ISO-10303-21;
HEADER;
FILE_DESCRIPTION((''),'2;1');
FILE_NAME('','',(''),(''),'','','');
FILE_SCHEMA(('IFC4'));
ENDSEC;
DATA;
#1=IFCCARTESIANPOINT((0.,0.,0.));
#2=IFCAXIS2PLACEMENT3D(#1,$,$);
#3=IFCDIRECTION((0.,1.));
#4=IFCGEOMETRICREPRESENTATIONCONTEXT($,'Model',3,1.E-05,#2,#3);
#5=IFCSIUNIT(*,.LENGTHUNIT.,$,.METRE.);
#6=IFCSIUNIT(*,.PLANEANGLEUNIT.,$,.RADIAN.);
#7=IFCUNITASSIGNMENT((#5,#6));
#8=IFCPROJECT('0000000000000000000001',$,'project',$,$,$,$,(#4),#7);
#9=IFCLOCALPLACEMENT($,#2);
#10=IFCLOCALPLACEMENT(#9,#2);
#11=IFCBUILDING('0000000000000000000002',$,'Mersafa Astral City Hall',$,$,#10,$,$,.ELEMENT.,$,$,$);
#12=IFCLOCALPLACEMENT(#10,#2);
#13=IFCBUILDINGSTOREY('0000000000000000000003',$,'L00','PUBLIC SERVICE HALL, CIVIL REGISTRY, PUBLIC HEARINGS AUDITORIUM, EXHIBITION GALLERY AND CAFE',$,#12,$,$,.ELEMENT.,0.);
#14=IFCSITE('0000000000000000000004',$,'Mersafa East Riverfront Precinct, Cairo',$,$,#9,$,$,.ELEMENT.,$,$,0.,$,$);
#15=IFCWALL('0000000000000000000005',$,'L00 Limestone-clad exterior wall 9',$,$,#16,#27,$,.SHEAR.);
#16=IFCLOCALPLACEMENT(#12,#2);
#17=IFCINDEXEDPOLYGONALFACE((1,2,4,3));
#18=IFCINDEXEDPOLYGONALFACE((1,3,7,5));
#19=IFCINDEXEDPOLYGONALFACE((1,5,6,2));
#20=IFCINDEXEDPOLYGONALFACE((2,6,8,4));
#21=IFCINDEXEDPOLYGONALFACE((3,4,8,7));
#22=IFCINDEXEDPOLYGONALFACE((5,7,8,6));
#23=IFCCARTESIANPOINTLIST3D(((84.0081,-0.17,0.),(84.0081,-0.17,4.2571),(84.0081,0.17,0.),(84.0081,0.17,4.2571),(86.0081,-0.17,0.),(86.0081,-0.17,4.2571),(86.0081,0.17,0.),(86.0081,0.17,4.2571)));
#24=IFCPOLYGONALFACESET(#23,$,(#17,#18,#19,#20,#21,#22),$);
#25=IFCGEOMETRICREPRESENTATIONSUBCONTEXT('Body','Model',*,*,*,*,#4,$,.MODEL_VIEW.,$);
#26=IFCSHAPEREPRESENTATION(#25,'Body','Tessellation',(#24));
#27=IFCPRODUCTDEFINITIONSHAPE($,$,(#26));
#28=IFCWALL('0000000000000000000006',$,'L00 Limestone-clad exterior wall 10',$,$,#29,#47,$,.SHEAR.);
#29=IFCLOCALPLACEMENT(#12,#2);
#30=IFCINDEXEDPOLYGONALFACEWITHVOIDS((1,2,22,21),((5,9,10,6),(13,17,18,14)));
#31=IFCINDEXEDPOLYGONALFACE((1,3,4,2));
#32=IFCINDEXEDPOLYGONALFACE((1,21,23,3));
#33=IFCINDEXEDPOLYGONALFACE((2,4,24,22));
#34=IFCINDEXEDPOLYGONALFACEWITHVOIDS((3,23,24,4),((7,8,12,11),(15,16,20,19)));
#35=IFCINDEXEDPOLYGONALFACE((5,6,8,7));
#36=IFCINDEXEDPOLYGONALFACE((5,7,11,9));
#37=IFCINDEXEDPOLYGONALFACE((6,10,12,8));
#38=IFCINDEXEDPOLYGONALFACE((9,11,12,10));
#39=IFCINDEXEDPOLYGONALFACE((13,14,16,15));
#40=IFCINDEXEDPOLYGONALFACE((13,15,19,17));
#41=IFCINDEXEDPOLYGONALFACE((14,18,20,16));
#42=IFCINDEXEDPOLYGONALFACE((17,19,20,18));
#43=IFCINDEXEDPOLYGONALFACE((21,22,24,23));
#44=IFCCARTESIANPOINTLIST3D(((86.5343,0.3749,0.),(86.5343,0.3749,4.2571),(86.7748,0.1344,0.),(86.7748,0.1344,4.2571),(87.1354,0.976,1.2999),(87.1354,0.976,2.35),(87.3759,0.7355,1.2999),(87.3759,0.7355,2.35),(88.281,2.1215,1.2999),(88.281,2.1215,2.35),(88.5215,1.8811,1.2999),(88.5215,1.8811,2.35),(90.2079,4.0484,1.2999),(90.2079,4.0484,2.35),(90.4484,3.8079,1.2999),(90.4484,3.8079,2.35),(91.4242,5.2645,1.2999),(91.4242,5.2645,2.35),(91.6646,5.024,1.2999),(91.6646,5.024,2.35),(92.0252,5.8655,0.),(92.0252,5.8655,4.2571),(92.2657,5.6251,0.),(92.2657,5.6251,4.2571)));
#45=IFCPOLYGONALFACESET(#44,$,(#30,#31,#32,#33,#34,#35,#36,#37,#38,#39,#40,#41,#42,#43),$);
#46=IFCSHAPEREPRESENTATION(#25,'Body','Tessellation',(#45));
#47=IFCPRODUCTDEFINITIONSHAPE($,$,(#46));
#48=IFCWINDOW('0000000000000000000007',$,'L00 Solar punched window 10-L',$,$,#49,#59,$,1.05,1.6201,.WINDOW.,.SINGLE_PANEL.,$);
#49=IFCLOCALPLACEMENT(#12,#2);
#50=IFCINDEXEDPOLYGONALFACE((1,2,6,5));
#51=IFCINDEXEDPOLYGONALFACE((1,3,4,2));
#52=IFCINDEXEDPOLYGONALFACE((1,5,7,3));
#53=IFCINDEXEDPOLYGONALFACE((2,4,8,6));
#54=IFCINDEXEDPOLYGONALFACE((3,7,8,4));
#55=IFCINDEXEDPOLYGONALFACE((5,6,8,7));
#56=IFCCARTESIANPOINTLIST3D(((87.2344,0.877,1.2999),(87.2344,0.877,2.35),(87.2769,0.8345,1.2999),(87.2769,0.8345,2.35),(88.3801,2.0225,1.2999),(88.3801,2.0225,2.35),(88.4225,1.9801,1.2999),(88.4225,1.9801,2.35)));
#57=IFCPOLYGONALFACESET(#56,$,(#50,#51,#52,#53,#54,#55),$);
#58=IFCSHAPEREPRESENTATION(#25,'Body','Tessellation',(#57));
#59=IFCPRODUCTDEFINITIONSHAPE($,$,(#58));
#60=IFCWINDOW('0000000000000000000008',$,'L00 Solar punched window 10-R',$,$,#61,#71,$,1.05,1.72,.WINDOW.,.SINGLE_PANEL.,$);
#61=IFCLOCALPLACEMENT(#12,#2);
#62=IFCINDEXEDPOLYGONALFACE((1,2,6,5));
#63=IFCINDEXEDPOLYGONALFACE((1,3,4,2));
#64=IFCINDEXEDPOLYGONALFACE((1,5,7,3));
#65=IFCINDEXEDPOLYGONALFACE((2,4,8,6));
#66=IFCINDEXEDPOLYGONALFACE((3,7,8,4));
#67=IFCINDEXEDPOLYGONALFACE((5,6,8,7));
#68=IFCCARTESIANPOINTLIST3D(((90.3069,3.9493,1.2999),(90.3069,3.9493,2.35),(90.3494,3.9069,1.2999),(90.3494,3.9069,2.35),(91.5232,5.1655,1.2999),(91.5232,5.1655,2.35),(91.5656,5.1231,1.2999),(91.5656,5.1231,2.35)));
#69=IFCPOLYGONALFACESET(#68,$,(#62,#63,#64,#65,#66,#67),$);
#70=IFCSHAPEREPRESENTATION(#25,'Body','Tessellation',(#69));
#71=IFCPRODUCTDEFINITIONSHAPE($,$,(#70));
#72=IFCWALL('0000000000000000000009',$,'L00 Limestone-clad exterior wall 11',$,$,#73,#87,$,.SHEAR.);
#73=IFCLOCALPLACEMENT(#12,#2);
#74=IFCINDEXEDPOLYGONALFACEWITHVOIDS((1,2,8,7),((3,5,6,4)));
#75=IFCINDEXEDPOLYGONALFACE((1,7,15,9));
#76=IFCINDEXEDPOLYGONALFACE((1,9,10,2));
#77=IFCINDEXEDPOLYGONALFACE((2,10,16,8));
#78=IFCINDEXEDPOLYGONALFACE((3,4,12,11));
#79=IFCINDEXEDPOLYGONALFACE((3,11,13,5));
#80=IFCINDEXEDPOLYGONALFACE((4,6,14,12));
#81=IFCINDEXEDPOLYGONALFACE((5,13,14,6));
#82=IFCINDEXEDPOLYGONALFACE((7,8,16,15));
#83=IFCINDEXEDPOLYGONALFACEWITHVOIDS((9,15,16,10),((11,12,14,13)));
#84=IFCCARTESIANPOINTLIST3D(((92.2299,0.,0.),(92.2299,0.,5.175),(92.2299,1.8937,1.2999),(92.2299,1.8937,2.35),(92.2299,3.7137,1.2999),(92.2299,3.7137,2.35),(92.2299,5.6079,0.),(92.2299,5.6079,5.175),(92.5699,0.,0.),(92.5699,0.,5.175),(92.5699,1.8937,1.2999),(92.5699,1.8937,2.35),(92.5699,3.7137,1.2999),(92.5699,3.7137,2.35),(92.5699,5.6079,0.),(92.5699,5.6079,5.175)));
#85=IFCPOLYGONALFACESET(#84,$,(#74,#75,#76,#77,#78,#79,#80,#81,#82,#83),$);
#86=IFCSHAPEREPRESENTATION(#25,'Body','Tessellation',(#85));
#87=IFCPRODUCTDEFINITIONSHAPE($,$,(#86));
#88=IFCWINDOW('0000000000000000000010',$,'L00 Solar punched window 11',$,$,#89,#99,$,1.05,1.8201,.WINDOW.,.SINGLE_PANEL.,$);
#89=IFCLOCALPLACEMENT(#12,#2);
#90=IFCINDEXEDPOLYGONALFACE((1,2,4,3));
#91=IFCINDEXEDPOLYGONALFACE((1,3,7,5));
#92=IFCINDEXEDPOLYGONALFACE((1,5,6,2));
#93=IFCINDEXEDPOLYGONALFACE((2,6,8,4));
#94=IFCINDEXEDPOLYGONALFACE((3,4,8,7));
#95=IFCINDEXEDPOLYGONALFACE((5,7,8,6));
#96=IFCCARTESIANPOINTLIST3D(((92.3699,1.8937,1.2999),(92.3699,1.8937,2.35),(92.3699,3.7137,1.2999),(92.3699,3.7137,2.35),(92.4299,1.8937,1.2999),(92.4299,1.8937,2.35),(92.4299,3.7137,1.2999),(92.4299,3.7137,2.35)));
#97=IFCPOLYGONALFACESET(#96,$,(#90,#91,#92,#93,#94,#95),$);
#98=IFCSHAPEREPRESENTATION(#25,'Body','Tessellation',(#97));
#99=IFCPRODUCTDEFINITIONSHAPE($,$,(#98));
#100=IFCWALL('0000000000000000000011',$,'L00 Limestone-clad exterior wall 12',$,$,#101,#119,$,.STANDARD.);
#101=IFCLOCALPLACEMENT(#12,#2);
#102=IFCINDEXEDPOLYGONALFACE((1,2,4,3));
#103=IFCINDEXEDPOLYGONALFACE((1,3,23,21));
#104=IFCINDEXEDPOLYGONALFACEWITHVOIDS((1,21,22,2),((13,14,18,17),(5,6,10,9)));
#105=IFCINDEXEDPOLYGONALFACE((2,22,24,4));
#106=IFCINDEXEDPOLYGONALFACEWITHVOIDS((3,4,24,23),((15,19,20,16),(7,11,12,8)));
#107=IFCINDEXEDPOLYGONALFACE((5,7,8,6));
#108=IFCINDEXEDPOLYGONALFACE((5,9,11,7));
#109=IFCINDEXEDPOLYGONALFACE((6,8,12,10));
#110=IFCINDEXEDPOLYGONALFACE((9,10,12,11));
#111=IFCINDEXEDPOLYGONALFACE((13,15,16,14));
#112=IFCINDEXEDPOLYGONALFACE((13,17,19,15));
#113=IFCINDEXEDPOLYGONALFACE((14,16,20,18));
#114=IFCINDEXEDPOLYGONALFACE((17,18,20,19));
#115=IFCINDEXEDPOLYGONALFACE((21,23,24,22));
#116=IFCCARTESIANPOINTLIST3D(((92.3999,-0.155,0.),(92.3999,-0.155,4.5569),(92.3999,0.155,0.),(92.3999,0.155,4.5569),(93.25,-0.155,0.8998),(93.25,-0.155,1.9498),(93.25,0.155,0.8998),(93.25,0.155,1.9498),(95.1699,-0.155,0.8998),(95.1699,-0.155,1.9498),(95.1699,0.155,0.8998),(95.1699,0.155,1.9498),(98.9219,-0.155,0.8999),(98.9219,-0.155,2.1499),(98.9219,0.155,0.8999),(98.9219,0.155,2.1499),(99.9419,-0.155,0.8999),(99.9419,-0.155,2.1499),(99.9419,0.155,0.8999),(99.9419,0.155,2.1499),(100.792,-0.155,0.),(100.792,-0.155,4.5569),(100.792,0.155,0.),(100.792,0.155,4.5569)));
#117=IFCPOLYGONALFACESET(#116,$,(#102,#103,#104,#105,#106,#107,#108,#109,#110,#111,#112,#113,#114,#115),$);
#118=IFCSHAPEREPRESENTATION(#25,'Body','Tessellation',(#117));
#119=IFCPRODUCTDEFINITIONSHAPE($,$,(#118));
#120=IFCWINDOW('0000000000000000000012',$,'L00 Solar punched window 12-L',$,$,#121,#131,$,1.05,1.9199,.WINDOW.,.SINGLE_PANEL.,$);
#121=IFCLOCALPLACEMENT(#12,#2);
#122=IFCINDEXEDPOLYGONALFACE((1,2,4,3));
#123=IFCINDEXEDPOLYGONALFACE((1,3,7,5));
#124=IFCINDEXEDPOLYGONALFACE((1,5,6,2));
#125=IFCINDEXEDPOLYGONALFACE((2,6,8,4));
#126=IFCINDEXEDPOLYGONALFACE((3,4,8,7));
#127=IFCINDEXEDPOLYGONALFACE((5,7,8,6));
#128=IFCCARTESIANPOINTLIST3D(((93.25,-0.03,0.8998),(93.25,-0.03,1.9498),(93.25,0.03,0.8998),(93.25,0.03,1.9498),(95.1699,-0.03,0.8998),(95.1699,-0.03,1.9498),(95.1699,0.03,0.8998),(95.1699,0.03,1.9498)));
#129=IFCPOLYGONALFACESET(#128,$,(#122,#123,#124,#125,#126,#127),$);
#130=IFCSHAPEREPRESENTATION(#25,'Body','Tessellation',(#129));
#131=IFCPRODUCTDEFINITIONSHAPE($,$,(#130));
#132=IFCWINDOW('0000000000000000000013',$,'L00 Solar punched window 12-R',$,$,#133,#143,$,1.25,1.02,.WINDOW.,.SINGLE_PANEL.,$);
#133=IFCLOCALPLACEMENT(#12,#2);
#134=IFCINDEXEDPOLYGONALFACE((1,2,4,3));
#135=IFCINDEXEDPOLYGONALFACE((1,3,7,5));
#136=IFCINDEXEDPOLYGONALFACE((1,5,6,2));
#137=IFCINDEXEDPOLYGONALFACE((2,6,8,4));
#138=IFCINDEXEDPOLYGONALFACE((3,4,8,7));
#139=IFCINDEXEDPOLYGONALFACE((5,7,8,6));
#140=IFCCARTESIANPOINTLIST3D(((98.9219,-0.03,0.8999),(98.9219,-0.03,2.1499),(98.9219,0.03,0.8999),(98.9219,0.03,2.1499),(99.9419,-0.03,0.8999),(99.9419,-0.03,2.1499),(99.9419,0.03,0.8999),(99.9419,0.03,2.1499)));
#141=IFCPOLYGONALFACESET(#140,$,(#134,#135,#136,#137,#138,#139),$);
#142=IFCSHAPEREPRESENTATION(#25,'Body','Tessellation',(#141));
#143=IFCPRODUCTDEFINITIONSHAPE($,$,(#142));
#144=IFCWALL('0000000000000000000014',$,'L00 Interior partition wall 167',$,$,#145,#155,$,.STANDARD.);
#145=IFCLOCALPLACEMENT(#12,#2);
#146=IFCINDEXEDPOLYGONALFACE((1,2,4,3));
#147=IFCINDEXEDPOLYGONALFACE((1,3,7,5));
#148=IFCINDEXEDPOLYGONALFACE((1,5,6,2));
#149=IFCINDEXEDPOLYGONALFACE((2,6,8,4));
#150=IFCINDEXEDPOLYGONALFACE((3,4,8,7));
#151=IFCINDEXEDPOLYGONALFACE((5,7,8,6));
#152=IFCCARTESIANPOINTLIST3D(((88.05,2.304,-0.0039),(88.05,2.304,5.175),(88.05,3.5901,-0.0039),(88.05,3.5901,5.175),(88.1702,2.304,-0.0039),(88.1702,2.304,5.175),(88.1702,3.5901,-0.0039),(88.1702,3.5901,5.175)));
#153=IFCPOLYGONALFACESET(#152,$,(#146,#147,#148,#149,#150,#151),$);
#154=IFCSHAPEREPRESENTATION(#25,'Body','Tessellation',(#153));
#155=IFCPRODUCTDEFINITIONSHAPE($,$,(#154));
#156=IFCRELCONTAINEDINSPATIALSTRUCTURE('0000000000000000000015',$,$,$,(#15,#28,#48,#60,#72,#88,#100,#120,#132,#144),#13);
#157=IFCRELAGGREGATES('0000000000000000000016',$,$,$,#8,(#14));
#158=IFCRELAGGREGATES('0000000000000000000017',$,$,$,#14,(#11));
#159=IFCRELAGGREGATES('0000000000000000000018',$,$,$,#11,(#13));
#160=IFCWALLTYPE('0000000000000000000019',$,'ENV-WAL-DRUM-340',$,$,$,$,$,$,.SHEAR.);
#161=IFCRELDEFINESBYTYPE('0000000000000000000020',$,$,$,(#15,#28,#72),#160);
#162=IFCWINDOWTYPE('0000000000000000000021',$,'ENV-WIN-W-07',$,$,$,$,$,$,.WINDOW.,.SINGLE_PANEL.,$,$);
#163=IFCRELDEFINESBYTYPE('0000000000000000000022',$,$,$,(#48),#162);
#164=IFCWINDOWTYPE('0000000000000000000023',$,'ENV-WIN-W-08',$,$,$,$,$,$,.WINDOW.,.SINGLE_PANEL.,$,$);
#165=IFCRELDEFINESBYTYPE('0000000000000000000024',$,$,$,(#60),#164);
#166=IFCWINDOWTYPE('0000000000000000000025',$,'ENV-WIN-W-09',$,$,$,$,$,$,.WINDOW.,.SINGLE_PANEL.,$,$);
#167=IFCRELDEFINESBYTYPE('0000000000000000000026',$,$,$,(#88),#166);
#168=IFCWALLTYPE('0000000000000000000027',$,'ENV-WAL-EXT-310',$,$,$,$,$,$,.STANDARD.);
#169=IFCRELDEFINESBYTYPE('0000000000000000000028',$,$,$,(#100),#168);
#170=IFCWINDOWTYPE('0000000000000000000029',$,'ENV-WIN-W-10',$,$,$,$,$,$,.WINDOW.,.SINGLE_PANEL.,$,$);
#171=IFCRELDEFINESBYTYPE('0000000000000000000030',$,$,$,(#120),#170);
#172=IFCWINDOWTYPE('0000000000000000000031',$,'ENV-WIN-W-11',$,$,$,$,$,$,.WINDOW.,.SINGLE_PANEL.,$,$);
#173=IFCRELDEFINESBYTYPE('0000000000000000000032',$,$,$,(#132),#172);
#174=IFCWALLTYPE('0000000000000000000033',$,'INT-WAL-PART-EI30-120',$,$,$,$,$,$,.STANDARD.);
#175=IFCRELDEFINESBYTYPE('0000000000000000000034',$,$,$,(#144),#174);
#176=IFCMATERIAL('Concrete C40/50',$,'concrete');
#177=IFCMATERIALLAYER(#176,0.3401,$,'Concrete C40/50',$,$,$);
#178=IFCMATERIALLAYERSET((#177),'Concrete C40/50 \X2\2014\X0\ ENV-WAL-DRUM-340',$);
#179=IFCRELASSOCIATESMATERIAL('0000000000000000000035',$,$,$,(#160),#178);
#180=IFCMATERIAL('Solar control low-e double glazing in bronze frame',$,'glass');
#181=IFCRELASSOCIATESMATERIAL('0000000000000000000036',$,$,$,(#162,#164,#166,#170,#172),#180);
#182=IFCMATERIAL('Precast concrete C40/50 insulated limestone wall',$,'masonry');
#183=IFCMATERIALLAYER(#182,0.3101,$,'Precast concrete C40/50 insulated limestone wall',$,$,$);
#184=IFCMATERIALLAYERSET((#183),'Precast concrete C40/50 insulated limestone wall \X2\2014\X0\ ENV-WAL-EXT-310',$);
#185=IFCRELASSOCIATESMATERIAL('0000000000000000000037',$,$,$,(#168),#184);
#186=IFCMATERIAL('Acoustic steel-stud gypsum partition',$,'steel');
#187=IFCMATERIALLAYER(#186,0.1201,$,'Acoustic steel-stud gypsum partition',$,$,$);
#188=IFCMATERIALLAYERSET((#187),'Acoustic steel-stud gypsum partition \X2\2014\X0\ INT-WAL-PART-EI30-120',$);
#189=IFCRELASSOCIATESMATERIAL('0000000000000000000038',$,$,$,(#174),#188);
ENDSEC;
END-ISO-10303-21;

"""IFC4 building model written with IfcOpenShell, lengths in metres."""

from ifc_helpers import new_model, si_unit, direction, frame, frame_2d, origin, place, context, subcontext, project, spatial, rectangle, extrude, material, layer, layer_set, type_object, element, fill, save


model = new_model("IFC4")

# Units and contexts
model_context = context("Model", 3, precision=1e-05, world=origin(), true_north=direction((0.0, 1.0)))
body_context = subcontext(model_context, "Body", "Model", "MODEL_VIEW")
ifc_project = project(units=[si_unit("LENGTHUNIT", "METRE"), si_unit("PLANEANGLEUNIT", "RADIAN")], contexts=[model_context])

# Site, building, storey
site_placement = place(None, origin())
site = spatial("IfcSite", under=ifc_project, at=site_placement, Name="Mersafa East Riverfront Precinct, Cairo", CompositionType="ELEMENT", RefElevation=0.0)
building_placement = place(site_placement, origin())
building = spatial("IfcBuilding", under=site, at=building_placement, Name="Mersafa Astral City Hall", CompositionType="ELEMENT")
storey_placement = place(building_placement, origin())
storey = spatial("IfcBuildingStorey", under=building, at=storey_placement, Name="L00", Description="PUBLIC SERVICE HALL, CIVIL REGISTRY, PUBLIC HEARINGS AUDITORIUM, EXHIBITION GALLERY AND CAFE", CompositionType="ELEMENT", Elevation=0.0)

# Shared definitions
ifc_material_1 = material(Name="Concrete C40/50", Category="concrete")

# Wall
ifc_layer_1 = layer(ifc_material_1, 0.3401, Name="Concrete C40/50")
ifc_layer_set_1 = layer_set([ifc_layer_1], Name="Concrete C40/50 — ENV-WAL-DRUM-340")
wall_type_1 = type_object("IfcWallType", Name="ENV-WAL-DRUM-340", PredefinedType="SHEAR", material=ifc_layer_set_1)
wall_1_placement = place(storey_placement, frame((84.0081, 0.0, 0.0), z_axis=(0.0, 0.0, 1.0), x_axis=(1.0, 0.0, 0.0)))
element("IfcWall", 1, at=wall_1_placement, inside=storey, type_object=wall_type_1, Name="L00 Limestone-clad exterior wall 9", PredefinedType="SHEAR", context=body_context, shape_type="SweptSolid", body=[
    extrude(rectangle(XDim=2.0, YDim=0.3401, at=frame_2d((1.0, 0.0))), origin(), (0.0, 0.0, 1.0), 4.2571),
])

# Wall, openings, windows
wall_2_placement = place(storey_placement, frame((86.6545, 0.2546, 0.0), z_axis=(0.0, 0.0, 1.0), x_axis=(0.707123, 0.707091, 0.0)))
wall_2 = element("IfcWall", 2, at=wall_2_placement, inside=storey, type_object=wall_type_1, Name="L00 Limestone-clad exterior wall 10", PredefinedType="SHEAR", context=body_context, shape_type="SweptSolid", body=[
    extrude(rectangle(XDim=7.7651, YDim=0.3401, at=frame_2d((3.8826, 0.0))), origin(), (0.0, 0.0, 1.0), 4.2571),
])
opening_1_placement = place(wall_2_placement, frame((0.8501, 0.0, 1.3)))
opening_1 = element("IfcOpeningElement", 3, at=opening_1_placement, cuts=wall_2, PredefinedType="OPENING", context=body_context, shape_type="SweptSolid", body=[
    extrude(rectangle(XDim=1.6201, YDim=1.05, at=frame_2d((0.8101, 0.5249))), frame((0.0, 0.1799, 0.0), z_axis=(0.0, -1.0, 0.0), x_axis=(1.0, 0.0, 0.0)), (0.0, 0.0, 1.0), 0.3601),
])
opening_2_placement = place(wall_2_placement, frame((5.1953, 0.0, 1.3)))
opening_2 = element("IfcOpeningElement", 4, at=opening_2_placement, cuts=wall_2, PredefinedType="OPENING", context=body_context, shape_type="SweptSolid", body=[
    extrude(rectangle(XDim=1.72, YDim=1.05, at=frame_2d((0.8599, 0.5249))), frame((0.0, 0.1799, 0.0), z_axis=(0.0, -1.0, 0.0), x_axis=(1.0, 0.0, 0.0)), (0.0, 0.0, 1.0), 0.3601),
])
ifc_material_2 = material(Name="Solar control low-e double glazing in bronze frame", Category="glass")
window_type_1 = type_object("IfcWindowType", Name="ENV-WIN-W-07", PartitioningType="SINGLE_PANEL", PredefinedType="WINDOW", material=ifc_material_2)
window_1_placement = place(opening_1_placement, origin())
window_1 = element("IfcWindow", 5, at=window_1_placement, inside=storey, type_object=window_type_1, Name="L00 Solar punched window 10-L", OverallHeight=1.05, OverallWidth=1.6201, PartitioningType="SINGLE_PANEL", PredefinedType="WINDOW", context=body_context, shape_type="SweptSolid", body=[
    extrude(rectangle(XDim=1.6201, YDim=1.05, at=frame_2d((0.8101, 0.5249))), frame((0.0, 0.03, 0.0), z_axis=(0.0, -1.0, 0.0), x_axis=(1.0, 0.0, 0.0)), (0.0, 0.0, 1.0), 0.0601),
])
fill(opening_1, window_1)
window_type_2 = type_object("IfcWindowType", Name="ENV-WIN-W-08", PartitioningType="SINGLE_PANEL", PredefinedType="WINDOW", material=ifc_material_2)
window_2_placement = place(opening_2_placement, origin())
window_2 = element("IfcWindow", 6, at=window_2_placement, inside=storey, type_object=window_type_2, Name="L00 Solar punched window 10-R", OverallHeight=1.05, OverallWidth=1.72, PartitioningType="SINGLE_PANEL", PredefinedType="WINDOW", context=body_context, shape_type="SweptSolid", body=[
    extrude(rectangle(XDim=1.72, YDim=1.05, at=frame_2d((0.8599, 0.5249))), frame((0.0, 0.03, 0.0), z_axis=(0.0, -1.0, 0.0), x_axis=(1.0, 0.0, 0.0)), (0.0, 0.0, 1.0), 0.0601),
])
fill(opening_2, window_2)

# Wall, opening, window
wall_3_placement = place(storey_placement, frame((92.3999, 5.6079, 0.0), z_axis=(0.0, 0.0, 1.0), x_axis=(0.0, -1.0, 0.0)))
wall_3 = element("IfcWall", 7, at=wall_3_placement, inside=storey, type_object=wall_type_1, Name="L00 Limestone-clad exterior wall 11", PredefinedType="SHEAR", context=body_context, shape_type="SweptSolid", body=[
    extrude(rectangle(XDim=5.6079, YDim=0.3401, at=frame_2d((2.804, 0.0))), origin(), (0.0, 0.0, 1.0), 5.175),
])
opening_3_placement = place(wall_3_placement, frame((1.894, 0.0, 1.3)))
opening_3 = element("IfcOpeningElement", 8, at=opening_3_placement, cuts=wall_3, PredefinedType="OPENING", context=body_context, shape_type="SweptSolid", body=[
    extrude(rectangle(XDim=1.8201, YDim=1.05, at=frame_2d((0.9102, 0.5249))), frame((0.0, 0.1799, 0.0), z_axis=(0.0, -1.0, 0.0), x_axis=(1.0, 0.0, 0.0)), (0.0, 0.0, 1.0), 0.3601),
])
window_type_3 = type_object("IfcWindowType", Name="ENV-WIN-W-09", PartitioningType="SINGLE_PANEL", PredefinedType="WINDOW", material=ifc_material_2)
window_3_placement = place(opening_3_placement, origin())
window_3 = element("IfcWindow", 9, at=window_3_placement, inside=storey, type_object=window_type_3, Name="L00 Solar punched window 11", OverallHeight=1.05, OverallWidth=1.8201, PartitioningType="SINGLE_PANEL", PredefinedType="WINDOW", context=body_context, shape_type="SweptSolid", body=[
    extrude(rectangle(XDim=1.8201, YDim=1.05, at=frame_2d((0.9102, 0.5249))), frame((0.0, 0.03, 0.0), z_axis=(0.0, -1.0, 0.0), x_axis=(1.0, 0.0, 0.0)), (0.0, 0.0, 1.0), 0.0601),
])
fill(opening_3, window_3)

# Wall, openings, windows
ifc_material_3 = material(Name="Precast concrete C40/50 insulated limestone wall", Category="masonry")
ifc_layer_2 = layer(ifc_material_3, 0.3101, Name="Precast concrete C40/50 insulated limestone wall")
ifc_layer_set_2 = layer_set([ifc_layer_2], Name="Precast concrete C40/50 insulated limestone wall — ENV-WAL-EXT-310")
wall_type_2 = type_object("IfcWallType", Name="ENV-WAL-EXT-310", PredefinedType="STANDARD", material=ifc_layer_set_2)
wall_4_placement = place(storey_placement, frame((92.3999, 0.0, 0.0), z_axis=(0.0, 0.0, 1.0), x_axis=(1.0, 0.0, 0.0)))
wall_4 = element("IfcWall", 10, at=wall_4_placement, inside=storey, type_object=wall_type_2, Name="L00 Limestone-clad exterior wall 12", PredefinedType="STANDARD", context=body_context, shape_type="SweptSolid", body=[
    extrude(rectangle(XDim=8.3921, YDim=0.3101, at=frame_2d((4.196, 0.0))), origin(), (0.0, 0.0, 1.0), 4.5569),
])
opening_4_placement = place(wall_4_placement, frame((0.8501, 0.0, 0.8999)))
opening_4 = element("IfcOpeningElement", 11, at=opening_4_placement, cuts=wall_4, PredefinedType="OPENING", context=body_context, shape_type="SweptSolid", body=[
    extrude(rectangle(XDim=1.9199, YDim=1.05, at=frame_2d((0.96, 0.5249))), frame((0.0, 0.165, 0.0), z_axis=(0.0, -1.0, 0.0), x_axis=(1.0, 0.0, 0.0)), (0.0, 0.0, 1.0), 0.3301),
])
opening_5_placement = place(wall_4_placement, frame((6.522, 0.0, 0.8999)))
opening_5 = element("IfcOpeningElement", 12, at=opening_5_placement, cuts=wall_4, PredefinedType="OPENING", context=body_context, shape_type="SweptSolid", body=[
    extrude(rectangle(XDim=1.02, YDim=1.25, at=frame_2d((0.51, 0.625))), frame((0.0, 0.165, 0.0), z_axis=(0.0, -1.0, 0.0), x_axis=(1.0, 0.0, 0.0)), (0.0, 0.0, 1.0), 0.3301),
])
window_type_4 = type_object("IfcWindowType", Name="ENV-WIN-W-10", PartitioningType="SINGLE_PANEL", PredefinedType="WINDOW", material=ifc_material_2)
window_4_placement = place(opening_4_placement, origin())
window_4 = element("IfcWindow", 13, at=window_4_placement, inside=storey, type_object=window_type_4, Name="L00 Solar punched window 12-L", OverallHeight=1.05, OverallWidth=1.9199, PartitioningType="SINGLE_PANEL", PredefinedType="WINDOW", context=body_context, shape_type="SweptSolid", body=[
    extrude(rectangle(XDim=1.9199, YDim=1.05, at=frame_2d((0.96, 0.5249))), frame((0.0, 0.03, 0.0), z_axis=(0.0, -1.0, 0.0), x_axis=(1.0, 0.0, 0.0)), (0.0, 0.0, 1.0), 0.0601),
])
fill(opening_4, window_4)
window_type_5 = type_object("IfcWindowType", Name="ENV-WIN-W-11", PartitioningType="SINGLE_PANEL", PredefinedType="WINDOW", material=ifc_material_2)
window_5_placement = place(opening_5_placement, origin())
window_5 = element("IfcWindow", 14, at=window_5_placement, inside=storey, type_object=window_type_5, Name="L00 Solar punched window 12-R", OverallHeight=1.25, OverallWidth=1.02, PartitioningType="SINGLE_PANEL", PredefinedType="WINDOW", context=body_context, shape_type="SweptSolid", body=[
    extrude(rectangle(XDim=1.02, YDim=1.25, at=frame_2d((0.51, 0.625))), frame((0.0, 0.03, 0.0), z_axis=(0.0, -1.0, 0.0), x_axis=(1.0, 0.0, 0.0)), (0.0, 0.0, 1.0), 0.0601),
])
fill(opening_5, window_5)

# Wall
ifc_material_4 = material(Name="Acoustic steel-stud gypsum partition", Category="steel")
ifc_layer_3 = layer(ifc_material_4, 0.1201, Name="Acoustic steel-stud gypsum partition")
ifc_layer_set_3 = layer_set([ifc_layer_3], Name="Acoustic steel-stud gypsum partition — INT-WAL-PART-EI30-120")
wall_type_3 = type_object("IfcWallType", Name="INT-WAL-PART-EI30-120", PredefinedType="STANDARD", material=ifc_layer_set_3)
wall_5_placement = place(storey_placement, frame((88.1101, 3.5901, -0.0039), z_axis=(0.0, 0.0, 1.0), x_axis=(0.0, -1.0, 0.0)))
element("IfcWall", 15, at=wall_5_placement, inside=storey, type_object=wall_type_3, Name="L00 Interior partition wall 167", PredefinedType="STANDARD", context=body_context, shape_type="SweptSolid", body=[
    extrude(rectangle(XDim=1.2861, YDim=0.1201, at=frame_2d((0.6431, 0.0))), origin(), (0.0, 0.0, 1.0), 5.179),
])

save(model, "model.ifc")
